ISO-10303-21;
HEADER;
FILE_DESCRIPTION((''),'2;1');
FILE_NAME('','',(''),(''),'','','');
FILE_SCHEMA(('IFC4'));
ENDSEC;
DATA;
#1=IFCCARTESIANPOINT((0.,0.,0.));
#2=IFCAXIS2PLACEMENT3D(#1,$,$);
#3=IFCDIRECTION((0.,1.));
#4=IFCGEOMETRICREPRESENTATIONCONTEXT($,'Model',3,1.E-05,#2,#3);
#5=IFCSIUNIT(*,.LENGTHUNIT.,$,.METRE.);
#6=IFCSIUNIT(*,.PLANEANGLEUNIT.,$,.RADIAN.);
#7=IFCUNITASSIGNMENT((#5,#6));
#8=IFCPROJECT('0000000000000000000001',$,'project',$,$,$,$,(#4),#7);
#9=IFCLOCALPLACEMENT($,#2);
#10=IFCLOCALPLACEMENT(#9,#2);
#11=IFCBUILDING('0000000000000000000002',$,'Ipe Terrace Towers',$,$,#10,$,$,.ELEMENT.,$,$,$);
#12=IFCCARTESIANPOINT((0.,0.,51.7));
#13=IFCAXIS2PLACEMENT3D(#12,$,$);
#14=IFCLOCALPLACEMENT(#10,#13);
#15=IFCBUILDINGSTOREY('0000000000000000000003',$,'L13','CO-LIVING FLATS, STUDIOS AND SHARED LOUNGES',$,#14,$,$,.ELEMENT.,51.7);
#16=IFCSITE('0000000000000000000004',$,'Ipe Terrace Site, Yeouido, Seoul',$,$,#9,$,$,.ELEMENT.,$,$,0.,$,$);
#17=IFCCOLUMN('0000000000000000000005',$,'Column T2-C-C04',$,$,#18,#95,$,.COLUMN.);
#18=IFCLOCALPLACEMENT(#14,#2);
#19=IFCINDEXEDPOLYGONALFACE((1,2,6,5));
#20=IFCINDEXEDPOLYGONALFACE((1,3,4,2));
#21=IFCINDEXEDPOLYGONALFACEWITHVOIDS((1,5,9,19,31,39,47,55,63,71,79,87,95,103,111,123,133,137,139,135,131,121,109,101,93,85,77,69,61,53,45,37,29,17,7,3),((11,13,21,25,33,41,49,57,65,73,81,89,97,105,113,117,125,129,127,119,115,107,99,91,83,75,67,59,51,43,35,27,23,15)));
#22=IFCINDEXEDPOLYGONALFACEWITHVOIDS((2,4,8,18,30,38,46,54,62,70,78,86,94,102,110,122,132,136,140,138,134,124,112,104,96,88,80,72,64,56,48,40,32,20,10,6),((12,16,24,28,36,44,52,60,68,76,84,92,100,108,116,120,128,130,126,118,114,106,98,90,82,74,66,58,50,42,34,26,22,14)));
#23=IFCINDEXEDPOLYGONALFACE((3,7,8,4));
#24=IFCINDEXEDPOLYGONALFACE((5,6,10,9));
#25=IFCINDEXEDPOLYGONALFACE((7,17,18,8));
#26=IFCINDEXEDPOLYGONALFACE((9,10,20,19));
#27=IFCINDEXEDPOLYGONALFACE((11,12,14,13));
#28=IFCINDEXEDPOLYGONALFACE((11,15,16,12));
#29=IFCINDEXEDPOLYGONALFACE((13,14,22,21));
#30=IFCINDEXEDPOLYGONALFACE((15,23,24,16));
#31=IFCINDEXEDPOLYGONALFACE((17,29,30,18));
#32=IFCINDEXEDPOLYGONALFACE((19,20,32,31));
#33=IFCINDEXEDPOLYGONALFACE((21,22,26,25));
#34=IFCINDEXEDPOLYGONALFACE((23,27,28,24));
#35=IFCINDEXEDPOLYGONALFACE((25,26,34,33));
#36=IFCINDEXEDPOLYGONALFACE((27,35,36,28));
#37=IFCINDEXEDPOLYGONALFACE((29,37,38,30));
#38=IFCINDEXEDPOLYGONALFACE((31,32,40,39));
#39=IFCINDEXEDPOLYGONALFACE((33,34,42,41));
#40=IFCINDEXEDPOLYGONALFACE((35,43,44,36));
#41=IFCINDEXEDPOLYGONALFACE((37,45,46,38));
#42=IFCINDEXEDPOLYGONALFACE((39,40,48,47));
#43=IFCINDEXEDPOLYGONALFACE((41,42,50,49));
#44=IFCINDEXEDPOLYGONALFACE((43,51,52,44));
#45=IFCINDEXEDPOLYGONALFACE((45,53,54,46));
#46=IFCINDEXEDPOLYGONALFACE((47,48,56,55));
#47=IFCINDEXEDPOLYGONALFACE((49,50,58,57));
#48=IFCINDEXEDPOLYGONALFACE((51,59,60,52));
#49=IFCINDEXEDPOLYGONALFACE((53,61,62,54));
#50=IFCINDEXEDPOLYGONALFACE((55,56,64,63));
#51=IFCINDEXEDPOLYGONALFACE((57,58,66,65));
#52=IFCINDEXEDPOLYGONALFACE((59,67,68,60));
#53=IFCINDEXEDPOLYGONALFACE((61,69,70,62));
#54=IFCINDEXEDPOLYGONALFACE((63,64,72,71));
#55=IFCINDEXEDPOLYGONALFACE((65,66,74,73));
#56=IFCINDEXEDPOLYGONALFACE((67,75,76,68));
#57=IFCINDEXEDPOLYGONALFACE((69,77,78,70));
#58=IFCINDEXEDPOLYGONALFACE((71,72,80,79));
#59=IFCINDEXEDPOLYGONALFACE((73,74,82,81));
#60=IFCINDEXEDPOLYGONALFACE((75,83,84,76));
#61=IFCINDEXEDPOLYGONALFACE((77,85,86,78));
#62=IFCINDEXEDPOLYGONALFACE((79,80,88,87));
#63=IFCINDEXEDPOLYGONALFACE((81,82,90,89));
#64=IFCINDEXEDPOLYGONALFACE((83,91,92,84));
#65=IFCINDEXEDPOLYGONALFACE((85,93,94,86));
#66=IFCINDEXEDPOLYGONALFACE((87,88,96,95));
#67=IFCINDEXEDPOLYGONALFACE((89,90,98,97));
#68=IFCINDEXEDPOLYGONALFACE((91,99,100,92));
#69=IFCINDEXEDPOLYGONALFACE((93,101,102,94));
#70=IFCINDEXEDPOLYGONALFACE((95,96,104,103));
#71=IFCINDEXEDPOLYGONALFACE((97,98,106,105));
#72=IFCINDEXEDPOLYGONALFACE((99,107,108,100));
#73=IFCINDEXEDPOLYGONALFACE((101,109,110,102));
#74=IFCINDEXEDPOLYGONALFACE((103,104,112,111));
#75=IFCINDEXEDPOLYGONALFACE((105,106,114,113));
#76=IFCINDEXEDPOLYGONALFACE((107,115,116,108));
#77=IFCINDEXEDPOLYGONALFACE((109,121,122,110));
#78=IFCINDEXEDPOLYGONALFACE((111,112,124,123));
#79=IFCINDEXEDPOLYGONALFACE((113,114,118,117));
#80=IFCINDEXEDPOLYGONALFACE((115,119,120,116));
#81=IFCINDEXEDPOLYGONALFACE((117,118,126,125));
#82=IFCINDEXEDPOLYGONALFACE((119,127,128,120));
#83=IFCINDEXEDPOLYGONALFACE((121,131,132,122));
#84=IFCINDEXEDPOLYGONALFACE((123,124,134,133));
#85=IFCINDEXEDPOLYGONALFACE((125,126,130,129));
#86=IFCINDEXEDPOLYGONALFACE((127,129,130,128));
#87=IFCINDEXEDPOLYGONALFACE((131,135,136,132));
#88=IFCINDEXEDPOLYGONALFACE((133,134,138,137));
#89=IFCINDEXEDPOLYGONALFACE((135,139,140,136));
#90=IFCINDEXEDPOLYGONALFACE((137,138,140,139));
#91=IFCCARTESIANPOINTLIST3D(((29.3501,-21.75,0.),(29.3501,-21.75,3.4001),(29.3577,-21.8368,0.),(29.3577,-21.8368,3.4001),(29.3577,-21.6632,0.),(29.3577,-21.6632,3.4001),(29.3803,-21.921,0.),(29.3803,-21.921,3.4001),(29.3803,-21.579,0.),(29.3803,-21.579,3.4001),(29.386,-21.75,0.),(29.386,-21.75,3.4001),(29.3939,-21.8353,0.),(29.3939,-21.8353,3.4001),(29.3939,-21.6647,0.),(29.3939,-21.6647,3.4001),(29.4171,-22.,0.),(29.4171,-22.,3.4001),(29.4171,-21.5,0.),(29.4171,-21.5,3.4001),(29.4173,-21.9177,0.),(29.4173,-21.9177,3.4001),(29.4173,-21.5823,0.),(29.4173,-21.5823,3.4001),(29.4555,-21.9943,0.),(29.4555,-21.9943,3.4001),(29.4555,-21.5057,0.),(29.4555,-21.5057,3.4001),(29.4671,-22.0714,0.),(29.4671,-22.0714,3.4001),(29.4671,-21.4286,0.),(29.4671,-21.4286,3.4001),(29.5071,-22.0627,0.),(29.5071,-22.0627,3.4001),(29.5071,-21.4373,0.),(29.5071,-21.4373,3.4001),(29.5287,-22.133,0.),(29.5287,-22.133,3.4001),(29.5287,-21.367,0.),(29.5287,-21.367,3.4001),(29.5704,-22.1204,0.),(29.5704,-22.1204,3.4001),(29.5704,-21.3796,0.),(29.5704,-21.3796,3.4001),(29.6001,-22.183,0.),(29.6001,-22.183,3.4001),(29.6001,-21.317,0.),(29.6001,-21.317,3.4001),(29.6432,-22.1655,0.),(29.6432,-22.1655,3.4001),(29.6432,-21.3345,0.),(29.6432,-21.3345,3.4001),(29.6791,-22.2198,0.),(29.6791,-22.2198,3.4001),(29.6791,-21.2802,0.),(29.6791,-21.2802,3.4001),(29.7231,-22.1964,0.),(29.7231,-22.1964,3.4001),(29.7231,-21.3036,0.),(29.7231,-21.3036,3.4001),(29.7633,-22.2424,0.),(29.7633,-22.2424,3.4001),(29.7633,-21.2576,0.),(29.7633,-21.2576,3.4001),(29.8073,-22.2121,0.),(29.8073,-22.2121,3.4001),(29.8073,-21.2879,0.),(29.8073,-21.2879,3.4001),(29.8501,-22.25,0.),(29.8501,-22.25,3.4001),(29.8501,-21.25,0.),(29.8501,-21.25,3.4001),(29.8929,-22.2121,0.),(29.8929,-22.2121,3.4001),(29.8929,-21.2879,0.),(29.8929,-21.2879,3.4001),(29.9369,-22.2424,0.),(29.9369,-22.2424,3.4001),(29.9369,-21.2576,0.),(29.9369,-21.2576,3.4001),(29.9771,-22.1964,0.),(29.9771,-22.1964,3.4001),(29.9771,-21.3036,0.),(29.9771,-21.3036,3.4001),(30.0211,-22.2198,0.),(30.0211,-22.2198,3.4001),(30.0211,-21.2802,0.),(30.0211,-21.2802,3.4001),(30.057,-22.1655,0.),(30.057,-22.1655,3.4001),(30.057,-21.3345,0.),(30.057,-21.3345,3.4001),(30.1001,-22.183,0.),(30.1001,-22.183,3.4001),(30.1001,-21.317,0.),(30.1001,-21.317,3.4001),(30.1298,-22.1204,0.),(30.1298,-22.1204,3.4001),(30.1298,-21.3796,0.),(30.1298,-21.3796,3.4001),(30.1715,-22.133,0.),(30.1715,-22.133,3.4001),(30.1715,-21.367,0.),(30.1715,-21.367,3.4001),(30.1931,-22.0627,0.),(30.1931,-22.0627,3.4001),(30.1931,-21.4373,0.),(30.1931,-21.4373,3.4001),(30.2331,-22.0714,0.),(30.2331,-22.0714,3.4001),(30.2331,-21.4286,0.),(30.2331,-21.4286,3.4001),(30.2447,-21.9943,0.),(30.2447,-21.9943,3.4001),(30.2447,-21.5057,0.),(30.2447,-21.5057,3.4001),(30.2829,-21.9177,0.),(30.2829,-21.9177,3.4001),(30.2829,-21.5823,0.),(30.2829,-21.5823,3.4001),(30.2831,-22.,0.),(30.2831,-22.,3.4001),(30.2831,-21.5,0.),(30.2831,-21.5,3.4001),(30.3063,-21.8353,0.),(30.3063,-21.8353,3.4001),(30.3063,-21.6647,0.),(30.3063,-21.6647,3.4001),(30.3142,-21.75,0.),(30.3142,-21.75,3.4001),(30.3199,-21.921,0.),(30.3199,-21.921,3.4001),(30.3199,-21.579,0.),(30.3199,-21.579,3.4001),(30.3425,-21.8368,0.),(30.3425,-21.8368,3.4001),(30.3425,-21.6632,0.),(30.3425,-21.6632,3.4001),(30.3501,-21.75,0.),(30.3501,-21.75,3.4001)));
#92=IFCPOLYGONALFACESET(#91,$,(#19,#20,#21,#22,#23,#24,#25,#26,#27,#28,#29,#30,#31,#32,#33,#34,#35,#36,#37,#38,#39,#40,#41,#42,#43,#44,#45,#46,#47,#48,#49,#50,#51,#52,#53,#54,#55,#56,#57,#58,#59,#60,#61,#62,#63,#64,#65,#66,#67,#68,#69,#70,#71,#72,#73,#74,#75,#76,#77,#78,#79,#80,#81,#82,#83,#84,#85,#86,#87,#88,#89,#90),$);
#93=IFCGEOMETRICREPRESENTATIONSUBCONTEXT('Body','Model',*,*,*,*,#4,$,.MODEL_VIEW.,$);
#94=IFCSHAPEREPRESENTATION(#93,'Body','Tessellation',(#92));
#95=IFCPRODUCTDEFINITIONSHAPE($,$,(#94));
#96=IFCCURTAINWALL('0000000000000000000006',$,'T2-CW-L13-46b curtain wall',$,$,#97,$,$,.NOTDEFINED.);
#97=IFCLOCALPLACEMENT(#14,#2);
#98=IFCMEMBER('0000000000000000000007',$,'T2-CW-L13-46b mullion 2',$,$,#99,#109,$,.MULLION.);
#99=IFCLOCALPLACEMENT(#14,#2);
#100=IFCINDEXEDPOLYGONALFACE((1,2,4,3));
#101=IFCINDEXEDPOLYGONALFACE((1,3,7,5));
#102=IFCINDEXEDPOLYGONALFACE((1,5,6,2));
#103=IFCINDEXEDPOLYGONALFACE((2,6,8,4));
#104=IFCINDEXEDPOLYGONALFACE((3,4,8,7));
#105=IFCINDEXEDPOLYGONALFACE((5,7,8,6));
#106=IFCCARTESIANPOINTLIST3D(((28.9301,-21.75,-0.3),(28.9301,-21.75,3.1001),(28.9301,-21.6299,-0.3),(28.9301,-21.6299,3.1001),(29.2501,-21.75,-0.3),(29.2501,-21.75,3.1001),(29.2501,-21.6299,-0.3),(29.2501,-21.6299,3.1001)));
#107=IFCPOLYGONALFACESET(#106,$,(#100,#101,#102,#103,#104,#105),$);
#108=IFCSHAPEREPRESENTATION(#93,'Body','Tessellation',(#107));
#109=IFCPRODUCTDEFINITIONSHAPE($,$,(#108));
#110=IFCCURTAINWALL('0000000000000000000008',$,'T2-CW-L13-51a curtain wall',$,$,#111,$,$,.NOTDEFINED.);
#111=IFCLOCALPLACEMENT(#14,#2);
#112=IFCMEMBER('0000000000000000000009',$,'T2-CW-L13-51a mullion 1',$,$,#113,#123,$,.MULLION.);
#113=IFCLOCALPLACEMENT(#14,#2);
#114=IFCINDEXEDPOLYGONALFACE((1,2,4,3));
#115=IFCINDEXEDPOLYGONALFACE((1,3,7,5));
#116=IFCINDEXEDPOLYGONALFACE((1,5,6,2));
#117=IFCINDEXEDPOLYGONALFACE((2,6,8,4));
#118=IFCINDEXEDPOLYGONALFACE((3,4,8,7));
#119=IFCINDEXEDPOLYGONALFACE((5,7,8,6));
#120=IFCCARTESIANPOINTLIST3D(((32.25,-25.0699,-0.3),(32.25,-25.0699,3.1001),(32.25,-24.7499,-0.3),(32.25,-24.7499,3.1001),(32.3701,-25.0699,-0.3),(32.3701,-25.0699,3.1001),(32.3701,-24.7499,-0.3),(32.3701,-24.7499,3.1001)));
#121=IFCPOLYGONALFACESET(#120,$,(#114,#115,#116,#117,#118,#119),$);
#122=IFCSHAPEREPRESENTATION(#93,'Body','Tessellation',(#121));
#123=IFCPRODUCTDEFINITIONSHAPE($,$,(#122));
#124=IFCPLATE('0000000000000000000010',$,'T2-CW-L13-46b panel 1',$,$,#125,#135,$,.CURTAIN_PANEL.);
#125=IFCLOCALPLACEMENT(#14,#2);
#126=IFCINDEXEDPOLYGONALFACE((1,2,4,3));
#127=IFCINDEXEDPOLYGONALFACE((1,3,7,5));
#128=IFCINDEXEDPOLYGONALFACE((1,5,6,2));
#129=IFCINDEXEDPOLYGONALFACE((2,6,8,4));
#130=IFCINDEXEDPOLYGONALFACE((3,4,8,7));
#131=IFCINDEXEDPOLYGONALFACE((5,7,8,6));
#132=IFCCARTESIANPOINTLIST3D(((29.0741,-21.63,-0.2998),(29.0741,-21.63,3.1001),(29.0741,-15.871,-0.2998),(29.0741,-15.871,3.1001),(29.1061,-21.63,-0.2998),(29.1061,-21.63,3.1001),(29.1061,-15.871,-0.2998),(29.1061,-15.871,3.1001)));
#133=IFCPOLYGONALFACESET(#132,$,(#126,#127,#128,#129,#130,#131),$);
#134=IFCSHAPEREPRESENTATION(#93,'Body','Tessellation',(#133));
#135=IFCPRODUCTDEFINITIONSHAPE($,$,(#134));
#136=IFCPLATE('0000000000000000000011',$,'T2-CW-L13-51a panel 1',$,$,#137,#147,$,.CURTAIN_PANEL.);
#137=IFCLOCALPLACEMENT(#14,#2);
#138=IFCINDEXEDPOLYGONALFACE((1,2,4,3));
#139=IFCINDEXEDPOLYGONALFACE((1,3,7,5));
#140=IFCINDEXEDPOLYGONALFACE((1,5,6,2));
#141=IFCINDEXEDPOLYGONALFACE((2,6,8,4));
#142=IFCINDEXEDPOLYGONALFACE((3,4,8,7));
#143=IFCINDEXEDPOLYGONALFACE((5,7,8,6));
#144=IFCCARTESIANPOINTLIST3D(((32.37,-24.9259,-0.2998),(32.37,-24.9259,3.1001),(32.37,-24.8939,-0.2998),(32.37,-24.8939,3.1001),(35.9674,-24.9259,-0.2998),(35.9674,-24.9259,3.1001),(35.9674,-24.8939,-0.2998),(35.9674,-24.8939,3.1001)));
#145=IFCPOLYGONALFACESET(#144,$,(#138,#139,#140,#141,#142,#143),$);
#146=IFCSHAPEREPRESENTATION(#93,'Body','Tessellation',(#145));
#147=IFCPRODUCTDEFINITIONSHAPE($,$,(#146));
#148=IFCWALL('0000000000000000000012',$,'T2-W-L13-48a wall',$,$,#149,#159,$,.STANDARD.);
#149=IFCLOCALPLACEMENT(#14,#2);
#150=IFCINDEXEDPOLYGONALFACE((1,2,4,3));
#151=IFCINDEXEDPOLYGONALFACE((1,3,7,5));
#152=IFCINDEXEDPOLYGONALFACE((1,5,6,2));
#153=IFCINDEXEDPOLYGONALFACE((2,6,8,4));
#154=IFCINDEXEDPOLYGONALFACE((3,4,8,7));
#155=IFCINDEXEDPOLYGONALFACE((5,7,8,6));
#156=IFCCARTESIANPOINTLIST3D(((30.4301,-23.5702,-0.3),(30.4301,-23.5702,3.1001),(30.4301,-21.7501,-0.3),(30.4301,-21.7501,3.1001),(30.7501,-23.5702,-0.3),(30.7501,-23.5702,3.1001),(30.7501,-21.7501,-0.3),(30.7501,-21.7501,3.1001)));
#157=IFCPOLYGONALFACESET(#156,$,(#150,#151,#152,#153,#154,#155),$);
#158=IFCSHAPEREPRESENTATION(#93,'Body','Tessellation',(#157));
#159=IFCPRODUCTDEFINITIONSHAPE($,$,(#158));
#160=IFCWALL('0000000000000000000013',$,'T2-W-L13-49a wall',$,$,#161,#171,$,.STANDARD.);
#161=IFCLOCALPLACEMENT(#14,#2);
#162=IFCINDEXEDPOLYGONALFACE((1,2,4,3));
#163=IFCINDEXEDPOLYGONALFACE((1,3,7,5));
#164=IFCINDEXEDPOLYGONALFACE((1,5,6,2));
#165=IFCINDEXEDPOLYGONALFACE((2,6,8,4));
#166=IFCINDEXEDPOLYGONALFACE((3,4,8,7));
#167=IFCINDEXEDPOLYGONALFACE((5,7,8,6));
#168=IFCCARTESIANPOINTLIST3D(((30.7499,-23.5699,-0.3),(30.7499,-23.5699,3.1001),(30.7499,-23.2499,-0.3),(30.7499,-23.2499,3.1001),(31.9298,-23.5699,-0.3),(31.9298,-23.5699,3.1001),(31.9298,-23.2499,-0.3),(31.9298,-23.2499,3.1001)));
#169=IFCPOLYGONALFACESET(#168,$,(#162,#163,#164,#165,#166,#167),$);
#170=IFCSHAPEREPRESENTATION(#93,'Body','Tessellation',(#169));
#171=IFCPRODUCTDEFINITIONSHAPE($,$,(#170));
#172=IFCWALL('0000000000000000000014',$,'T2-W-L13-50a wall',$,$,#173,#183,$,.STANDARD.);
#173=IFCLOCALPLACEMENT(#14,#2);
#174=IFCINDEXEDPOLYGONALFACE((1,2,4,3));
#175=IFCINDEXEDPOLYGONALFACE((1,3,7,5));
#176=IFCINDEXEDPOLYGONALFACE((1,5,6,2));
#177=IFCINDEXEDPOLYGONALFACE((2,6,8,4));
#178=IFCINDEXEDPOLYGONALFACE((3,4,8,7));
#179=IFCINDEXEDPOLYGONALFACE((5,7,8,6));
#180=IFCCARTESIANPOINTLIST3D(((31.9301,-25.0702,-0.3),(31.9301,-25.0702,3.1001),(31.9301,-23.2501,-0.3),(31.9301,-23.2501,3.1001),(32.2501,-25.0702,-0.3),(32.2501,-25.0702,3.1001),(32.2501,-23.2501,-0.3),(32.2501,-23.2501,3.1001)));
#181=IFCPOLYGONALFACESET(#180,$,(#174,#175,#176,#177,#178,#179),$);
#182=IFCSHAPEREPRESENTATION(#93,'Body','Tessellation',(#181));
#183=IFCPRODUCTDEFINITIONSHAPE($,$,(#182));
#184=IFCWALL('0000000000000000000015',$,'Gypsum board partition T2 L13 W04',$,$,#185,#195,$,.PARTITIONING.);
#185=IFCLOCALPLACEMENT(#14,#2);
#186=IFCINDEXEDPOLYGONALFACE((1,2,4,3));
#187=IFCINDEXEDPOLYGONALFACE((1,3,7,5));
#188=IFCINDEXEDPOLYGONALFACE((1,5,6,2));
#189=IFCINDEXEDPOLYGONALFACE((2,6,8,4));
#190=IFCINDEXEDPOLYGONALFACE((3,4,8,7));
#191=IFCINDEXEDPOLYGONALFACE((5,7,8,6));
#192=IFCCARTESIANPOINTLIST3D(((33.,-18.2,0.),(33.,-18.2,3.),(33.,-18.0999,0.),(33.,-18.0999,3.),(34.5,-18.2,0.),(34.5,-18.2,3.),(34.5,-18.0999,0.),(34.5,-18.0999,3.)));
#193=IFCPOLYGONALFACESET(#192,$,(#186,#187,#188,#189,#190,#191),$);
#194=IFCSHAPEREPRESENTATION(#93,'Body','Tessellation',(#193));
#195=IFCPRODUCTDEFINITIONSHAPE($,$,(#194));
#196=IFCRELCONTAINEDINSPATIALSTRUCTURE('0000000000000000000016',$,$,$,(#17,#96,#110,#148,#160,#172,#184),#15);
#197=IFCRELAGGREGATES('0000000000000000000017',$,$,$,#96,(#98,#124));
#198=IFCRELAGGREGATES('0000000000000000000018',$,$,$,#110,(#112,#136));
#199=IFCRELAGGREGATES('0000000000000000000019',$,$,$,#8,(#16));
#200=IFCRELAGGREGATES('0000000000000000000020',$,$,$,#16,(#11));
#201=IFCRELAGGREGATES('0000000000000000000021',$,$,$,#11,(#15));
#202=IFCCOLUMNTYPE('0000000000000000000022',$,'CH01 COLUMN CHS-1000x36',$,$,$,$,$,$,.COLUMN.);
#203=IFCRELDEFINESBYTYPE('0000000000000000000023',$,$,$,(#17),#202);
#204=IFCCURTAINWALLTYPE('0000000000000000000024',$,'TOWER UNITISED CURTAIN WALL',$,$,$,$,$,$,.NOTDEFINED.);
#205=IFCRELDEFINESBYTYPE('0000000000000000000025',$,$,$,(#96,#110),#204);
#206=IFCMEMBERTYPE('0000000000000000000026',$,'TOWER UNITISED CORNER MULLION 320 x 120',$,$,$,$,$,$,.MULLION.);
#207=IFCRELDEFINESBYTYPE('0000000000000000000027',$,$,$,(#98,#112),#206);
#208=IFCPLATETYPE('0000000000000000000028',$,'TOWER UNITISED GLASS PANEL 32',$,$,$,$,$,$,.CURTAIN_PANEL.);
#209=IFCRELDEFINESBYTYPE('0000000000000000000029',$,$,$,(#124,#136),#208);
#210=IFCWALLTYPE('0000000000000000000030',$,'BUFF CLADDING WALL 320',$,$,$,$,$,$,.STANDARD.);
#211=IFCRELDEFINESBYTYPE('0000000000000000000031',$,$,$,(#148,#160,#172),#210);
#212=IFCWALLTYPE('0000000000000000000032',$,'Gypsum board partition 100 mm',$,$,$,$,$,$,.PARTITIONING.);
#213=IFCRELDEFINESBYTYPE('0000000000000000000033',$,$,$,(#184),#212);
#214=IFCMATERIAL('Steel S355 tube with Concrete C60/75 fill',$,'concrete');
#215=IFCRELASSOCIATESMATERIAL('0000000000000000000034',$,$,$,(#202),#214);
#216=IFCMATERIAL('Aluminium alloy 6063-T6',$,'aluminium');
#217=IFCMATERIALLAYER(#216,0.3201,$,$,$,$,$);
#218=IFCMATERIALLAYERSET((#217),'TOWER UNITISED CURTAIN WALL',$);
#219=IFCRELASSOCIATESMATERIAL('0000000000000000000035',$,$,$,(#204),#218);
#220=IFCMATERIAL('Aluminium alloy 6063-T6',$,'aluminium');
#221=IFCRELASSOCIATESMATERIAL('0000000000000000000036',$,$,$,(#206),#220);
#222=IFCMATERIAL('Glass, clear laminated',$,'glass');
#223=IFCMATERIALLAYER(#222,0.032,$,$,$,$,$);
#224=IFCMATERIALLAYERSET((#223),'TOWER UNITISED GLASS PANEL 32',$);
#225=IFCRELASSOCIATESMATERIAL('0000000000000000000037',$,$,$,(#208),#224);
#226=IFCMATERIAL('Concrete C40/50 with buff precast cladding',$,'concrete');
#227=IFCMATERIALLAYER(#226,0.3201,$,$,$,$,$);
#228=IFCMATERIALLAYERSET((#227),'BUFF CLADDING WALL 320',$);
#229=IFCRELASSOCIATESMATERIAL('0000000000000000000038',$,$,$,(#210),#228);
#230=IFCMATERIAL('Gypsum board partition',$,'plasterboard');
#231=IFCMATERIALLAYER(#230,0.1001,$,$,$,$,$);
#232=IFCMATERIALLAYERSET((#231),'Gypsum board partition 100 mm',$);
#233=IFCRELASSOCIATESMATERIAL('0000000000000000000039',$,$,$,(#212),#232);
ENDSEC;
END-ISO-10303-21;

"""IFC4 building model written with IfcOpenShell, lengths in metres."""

from ifc_helpers import new_model, si_unit, direction, frame, frame_2d, origin, origin_2d, place, context, subcontext, project, spatial, rectangle, hollow_circle, extrude, material, layer, layer_set, material_profile, profile_set, type_object, element, aggregate, save


model = new_model("IFC4")

# Units and contexts
model_context = context("Model", 3, precision=1e-05, world=origin(), true_north=direction((0.0, 1.0)))
body_context = subcontext(model_context, "Body", "Model", "MODEL_VIEW")
ifc_project = project(units=[si_unit("LENGTHUNIT", "METRE"), si_unit("PLANEANGLEUNIT", "RADIAN")], contexts=[model_context])

# Site, building, storey
site_placement = place(None, origin())
site = spatial("IfcSite", under=ifc_project, at=site_placement, Name="Ipe Terrace Site, Yeouido, Seoul", CompositionType="ELEMENT", RefElevation=0.0)
building_placement = place(site_placement, origin())
building = spatial("IfcBuilding", under=site, at=building_placement, Name="Ipe Terrace Towers", CompositionType="ELEMENT")
storey_placement = place(building_placement, frame((0.0, 0.0, 51.7)))
storey = spatial("IfcBuildingStorey", under=building, at=storey_placement, Name="L13", Description="CO-LIVING FLATS, STUDIOS AND SHARED LOUNGES", CompositionType="ELEMENT", Elevation=51.7)

# Column
ifc_material_1 = material(Name="Steel S355 tube with Concrete C60/75 fill", Category="concrete")
ifc_material_profile_1 = material_profile(ifc_material_1, hollow_circle(Radius=0.5, WallThickness=0.0359, at=origin_2d()), Name="CHS-1000x36")
ifc_profile_set_1 = profile_set([ifc_material_profile_1], Name="Steel S355 tube with Concrete C60/75 fill")
column_type = type_object("IfcColumnType", Name="CH01 COLUMN CHS-1000x36", PredefinedType="COLUMN", material=ifc_profile_set_1)
column_placement = place(storey_placement, frame((29.8501, -21.75, 0.0), z_axis=(0.0, 0.0, 1.0), x_axis=(1.0, 0.0, 0.0)))
element("IfcColumn", 1, at=column_placement, inside=storey, type_object=column_type, Name="Column T2-C-C04", PredefinedType="COLUMN", context=body_context, shape_type="SweptSolid", body=[
    extrude(hollow_circle(Radius=0.5, WallThickness=0.0359, at=origin_2d()), origin(), (0.0, 0.0, 1.0), 3.4001),
])

# Curtain walls, members
ifc_material_2 = material(Name="Aluminium alloy 6063-T6", Category="aluminium")
ifc_layer_1 = layer(ifc_material_2, 0.3201)
ifc_layer_set_1 = layer_set([ifc_layer_1], Name="TOWER UNITISED CURTAIN WALL")
curtain_wall_type = type_object("IfcCurtainWallType", Name="TOWER UNITISED CURTAIN WALL", PredefinedType="NOTDEFINED", material=ifc_layer_set_1)
curtain_wall_1_placement = place(storey_placement, origin())
curtain_wall_1 = element("IfcCurtainWall", 2, at=curtain_wall_1_placement, inside=storey, type_object=curtain_wall_type, Name="T2-CW-L13-46b curtain wall", PredefinedType="NOTDEFINED")
ifc_material_3 = material(Name="Aluminium alloy 6063-T6", Category="aluminium")
ifc_material_profile_2 = material_profile(ifc_material_3, rectangle(XDim=0.3201, YDim=0.1201, at=origin_2d()), Name="TOWER UNITISED CORNER MULLION 320 x 120")
ifc_profile_set_2 = profile_set([ifc_material_profile_2], Name="Aluminium alloy 6063-T6")
member_type = type_object("IfcMemberType", Name="TOWER UNITISED CORNER MULLION 320 x 120", PredefinedType="MULLION", material=ifc_profile_set_2)
member_1_placement = place(storey_placement, frame((29.0901, -21.6899, -0.3), z_axis=(0.0, 0.0, 1.0), x_axis=(-1.0, 0.0, 0.0)))
member_1 = element("IfcMember", 3, at=member_1_placement, type_object=member_type, Name="T2-CW-L13-46b mullion 2", PredefinedType="MULLION", context=body_context, shape_type="SweptSolid", body=[
    extrude(rectangle(XDim=0.3201, YDim=0.1201, at=origin_2d()), origin(), (0.0, 0.0, 1.0), 3.4001),
])
curtain_wall_2_placement = place(storey_placement, origin())
curtain_wall_2 = element("IfcCurtainWall", 4, at=curtain_wall_2_placement, inside=storey, type_object=curtain_wall_type, Name="T2-CW-L13-51a curtain wall", PredefinedType="NOTDEFINED")
member_2_placement = place(storey_placement, frame((32.3101, -24.9099, -0.3), z_axis=(0.0, 0.0, 1.0), x_axis=(0.0, -1.0, 0.0)))
member_2 = element("IfcMember", 5, at=member_2_placement, type_object=member_type, Name="T2-CW-L13-51a mullion 1", PredefinedType="MULLION", context=body_context, shape_type="SweptSolid", body=[
    extrude(rectangle(XDim=0.3201, YDim=0.1201, at=origin_2d()), origin(), (0.0, 0.0, 1.0), 3.4001),
])

# Plates
ifc_material_4 = material(Name="Glass, clear laminated", Category="glass")
ifc_layer_2 = layer(ifc_material_4, 0.032)
ifc_layer_set_2 = layer_set([ifc_layer_2], Name="TOWER UNITISED GLASS PANEL 32")
plate_type = type_object("IfcPlateType", Name="TOWER UNITISED GLASS PANEL 32", PredefinedType="CURTAIN_PANEL", material=ifc_layer_set_2)
plate_1_placement = place(storey_placement, frame((29.0901, -18.7505, -0.2998), z_axis=(0.0, 0.0, 1.0), x_axis=(0.0, -1.0, 0.0)))
plate_1 = element("IfcPlate", 6, at=plate_1_placement, type_object=plate_type, Name="T2-CW-L13-46b panel 1", PredefinedType="CURTAIN_PANEL", context=body_context, shape_type="SweptSolid", body=[
    extrude(rectangle(XDim=5.759, YDim=0.032, at=origin_2d()), origin(), (0.0, 0.0, 1.0), 3.3999),
])
aggregate(curtain_wall_1, [member_1, plate_1])
plate_2_placement = place(storey_placement, frame((34.1687, -24.9099, -0.2998), z_axis=(0.0, 0.0, 1.0), x_axis=(1.0, 0.0, 0.0)))
plate_2 = element("IfcPlate", 7, at=plate_2_placement, type_object=plate_type, Name="T2-CW-L13-51a panel 1", PredefinedType="CURTAIN_PANEL", context=body_context, shape_type="SweptSolid", body=[
    extrude(rectangle(XDim=3.5974, YDim=0.032, at=origin_2d()), origin(), (0.0, 0.0, 1.0), 3.3999),
])
aggregate(curtain_wall_2, [member_2, plate_2])

# Walls
ifc_material_5 = material(Name="Concrete C40/50 with buff precast cladding", Category="concrete")
ifc_layer_3 = layer(ifc_material_5, 0.3201)
ifc_layer_set_3 = layer_set([ifc_layer_3], Name="BUFF CLADDING WALL 320")
wall_type_1 = type_object("IfcWallType", Name="BUFF CLADDING WALL 320", PredefinedType="STANDARD", material=ifc_layer_set_3)
wall_1_placement = place(storey_placement, frame((30.5901, -21.75, -0.3), z_axis=(0.0, 0.0, 1.0), x_axis=(0.0, -1.0, 0.0)))
element("IfcWall", 8, at=wall_1_placement, inside=storey, type_object=wall_type_1, Name="T2-W-L13-48a wall", PredefinedType="STANDARD", context=body_context, shape_type="SweptSolid", body=[
    extrude(rectangle(XDim=1.8201, YDim=0.3201, at=frame_2d((0.9102, 0.0))), origin(), (0.0, 0.0, 1.0), 3.4001),
])
wall_2_placement = place(storey_placement, frame((30.75, -23.4099, -0.3), z_axis=(0.0, 0.0, 1.0), x_axis=(1.0, 0.0, 0.0)))
element("IfcWall", 9, at=wall_2_placement, inside=storey, type_object=wall_type_1, Name="T2-W-L13-49a wall", PredefinedType="STANDARD", context=body_context, shape_type="SweptSolid", body=[
    extrude(rectangle(XDim=1.1799, YDim=0.3201, at=frame_2d((0.5898, 0.0))), origin(), (0.0, 0.0, 1.0), 3.4001),
])
wall_3_placement = place(storey_placement, frame((32.0901, -23.25, -0.3), z_axis=(0.0, 0.0, 1.0), x_axis=(0.0, -1.0, 0.0)))
element("IfcWall", 10, at=wall_3_placement, inside=storey, type_object=wall_type_1, Name="T2-W-L13-50a wall", PredefinedType="STANDARD", context=body_context, shape_type="SweptSolid", body=[
    extrude(rectangle(XDim=1.8201, YDim=0.3201, at=frame_2d((0.9102, 0.0))), origin(), (0.0, 0.0, 1.0), 3.4001),
])
ifc_material_6 = material(Name="Gypsum board partition", Category="plasterboard")
ifc_layer_4 = layer(ifc_material_6, 0.1001)
ifc_layer_set_4 = layer_set([ifc_layer_4], Name="Gypsum board partition 100 mm")
wall_type_2 = type_object("IfcWallType", Name="Gypsum board partition 100 mm", PredefinedType="PARTITIONING", material=ifc_layer_set_4)
wall_4_placement = place(storey_placement, frame((34.5, -18.1499, 0.0), z_axis=(0.0, 0.0, 1.0), x_axis=(-1.0, 0.0, 0.0)))
element("IfcWall", 11, at=wall_4_placement, inside=storey, type_object=wall_type_2, Name="Gypsum board partition T2 L13 W04", PredefinedType="PARTITIONING", context=body_context, shape_type="SweptSolid", body=[
    extrude(rectangle(XDim=1.5, YDim=0.1001, at=frame_2d((0.75, 0.0))), origin(), (0.0, 0.0, 1.0), 3.0),
])

save(model, "model.ifc")
